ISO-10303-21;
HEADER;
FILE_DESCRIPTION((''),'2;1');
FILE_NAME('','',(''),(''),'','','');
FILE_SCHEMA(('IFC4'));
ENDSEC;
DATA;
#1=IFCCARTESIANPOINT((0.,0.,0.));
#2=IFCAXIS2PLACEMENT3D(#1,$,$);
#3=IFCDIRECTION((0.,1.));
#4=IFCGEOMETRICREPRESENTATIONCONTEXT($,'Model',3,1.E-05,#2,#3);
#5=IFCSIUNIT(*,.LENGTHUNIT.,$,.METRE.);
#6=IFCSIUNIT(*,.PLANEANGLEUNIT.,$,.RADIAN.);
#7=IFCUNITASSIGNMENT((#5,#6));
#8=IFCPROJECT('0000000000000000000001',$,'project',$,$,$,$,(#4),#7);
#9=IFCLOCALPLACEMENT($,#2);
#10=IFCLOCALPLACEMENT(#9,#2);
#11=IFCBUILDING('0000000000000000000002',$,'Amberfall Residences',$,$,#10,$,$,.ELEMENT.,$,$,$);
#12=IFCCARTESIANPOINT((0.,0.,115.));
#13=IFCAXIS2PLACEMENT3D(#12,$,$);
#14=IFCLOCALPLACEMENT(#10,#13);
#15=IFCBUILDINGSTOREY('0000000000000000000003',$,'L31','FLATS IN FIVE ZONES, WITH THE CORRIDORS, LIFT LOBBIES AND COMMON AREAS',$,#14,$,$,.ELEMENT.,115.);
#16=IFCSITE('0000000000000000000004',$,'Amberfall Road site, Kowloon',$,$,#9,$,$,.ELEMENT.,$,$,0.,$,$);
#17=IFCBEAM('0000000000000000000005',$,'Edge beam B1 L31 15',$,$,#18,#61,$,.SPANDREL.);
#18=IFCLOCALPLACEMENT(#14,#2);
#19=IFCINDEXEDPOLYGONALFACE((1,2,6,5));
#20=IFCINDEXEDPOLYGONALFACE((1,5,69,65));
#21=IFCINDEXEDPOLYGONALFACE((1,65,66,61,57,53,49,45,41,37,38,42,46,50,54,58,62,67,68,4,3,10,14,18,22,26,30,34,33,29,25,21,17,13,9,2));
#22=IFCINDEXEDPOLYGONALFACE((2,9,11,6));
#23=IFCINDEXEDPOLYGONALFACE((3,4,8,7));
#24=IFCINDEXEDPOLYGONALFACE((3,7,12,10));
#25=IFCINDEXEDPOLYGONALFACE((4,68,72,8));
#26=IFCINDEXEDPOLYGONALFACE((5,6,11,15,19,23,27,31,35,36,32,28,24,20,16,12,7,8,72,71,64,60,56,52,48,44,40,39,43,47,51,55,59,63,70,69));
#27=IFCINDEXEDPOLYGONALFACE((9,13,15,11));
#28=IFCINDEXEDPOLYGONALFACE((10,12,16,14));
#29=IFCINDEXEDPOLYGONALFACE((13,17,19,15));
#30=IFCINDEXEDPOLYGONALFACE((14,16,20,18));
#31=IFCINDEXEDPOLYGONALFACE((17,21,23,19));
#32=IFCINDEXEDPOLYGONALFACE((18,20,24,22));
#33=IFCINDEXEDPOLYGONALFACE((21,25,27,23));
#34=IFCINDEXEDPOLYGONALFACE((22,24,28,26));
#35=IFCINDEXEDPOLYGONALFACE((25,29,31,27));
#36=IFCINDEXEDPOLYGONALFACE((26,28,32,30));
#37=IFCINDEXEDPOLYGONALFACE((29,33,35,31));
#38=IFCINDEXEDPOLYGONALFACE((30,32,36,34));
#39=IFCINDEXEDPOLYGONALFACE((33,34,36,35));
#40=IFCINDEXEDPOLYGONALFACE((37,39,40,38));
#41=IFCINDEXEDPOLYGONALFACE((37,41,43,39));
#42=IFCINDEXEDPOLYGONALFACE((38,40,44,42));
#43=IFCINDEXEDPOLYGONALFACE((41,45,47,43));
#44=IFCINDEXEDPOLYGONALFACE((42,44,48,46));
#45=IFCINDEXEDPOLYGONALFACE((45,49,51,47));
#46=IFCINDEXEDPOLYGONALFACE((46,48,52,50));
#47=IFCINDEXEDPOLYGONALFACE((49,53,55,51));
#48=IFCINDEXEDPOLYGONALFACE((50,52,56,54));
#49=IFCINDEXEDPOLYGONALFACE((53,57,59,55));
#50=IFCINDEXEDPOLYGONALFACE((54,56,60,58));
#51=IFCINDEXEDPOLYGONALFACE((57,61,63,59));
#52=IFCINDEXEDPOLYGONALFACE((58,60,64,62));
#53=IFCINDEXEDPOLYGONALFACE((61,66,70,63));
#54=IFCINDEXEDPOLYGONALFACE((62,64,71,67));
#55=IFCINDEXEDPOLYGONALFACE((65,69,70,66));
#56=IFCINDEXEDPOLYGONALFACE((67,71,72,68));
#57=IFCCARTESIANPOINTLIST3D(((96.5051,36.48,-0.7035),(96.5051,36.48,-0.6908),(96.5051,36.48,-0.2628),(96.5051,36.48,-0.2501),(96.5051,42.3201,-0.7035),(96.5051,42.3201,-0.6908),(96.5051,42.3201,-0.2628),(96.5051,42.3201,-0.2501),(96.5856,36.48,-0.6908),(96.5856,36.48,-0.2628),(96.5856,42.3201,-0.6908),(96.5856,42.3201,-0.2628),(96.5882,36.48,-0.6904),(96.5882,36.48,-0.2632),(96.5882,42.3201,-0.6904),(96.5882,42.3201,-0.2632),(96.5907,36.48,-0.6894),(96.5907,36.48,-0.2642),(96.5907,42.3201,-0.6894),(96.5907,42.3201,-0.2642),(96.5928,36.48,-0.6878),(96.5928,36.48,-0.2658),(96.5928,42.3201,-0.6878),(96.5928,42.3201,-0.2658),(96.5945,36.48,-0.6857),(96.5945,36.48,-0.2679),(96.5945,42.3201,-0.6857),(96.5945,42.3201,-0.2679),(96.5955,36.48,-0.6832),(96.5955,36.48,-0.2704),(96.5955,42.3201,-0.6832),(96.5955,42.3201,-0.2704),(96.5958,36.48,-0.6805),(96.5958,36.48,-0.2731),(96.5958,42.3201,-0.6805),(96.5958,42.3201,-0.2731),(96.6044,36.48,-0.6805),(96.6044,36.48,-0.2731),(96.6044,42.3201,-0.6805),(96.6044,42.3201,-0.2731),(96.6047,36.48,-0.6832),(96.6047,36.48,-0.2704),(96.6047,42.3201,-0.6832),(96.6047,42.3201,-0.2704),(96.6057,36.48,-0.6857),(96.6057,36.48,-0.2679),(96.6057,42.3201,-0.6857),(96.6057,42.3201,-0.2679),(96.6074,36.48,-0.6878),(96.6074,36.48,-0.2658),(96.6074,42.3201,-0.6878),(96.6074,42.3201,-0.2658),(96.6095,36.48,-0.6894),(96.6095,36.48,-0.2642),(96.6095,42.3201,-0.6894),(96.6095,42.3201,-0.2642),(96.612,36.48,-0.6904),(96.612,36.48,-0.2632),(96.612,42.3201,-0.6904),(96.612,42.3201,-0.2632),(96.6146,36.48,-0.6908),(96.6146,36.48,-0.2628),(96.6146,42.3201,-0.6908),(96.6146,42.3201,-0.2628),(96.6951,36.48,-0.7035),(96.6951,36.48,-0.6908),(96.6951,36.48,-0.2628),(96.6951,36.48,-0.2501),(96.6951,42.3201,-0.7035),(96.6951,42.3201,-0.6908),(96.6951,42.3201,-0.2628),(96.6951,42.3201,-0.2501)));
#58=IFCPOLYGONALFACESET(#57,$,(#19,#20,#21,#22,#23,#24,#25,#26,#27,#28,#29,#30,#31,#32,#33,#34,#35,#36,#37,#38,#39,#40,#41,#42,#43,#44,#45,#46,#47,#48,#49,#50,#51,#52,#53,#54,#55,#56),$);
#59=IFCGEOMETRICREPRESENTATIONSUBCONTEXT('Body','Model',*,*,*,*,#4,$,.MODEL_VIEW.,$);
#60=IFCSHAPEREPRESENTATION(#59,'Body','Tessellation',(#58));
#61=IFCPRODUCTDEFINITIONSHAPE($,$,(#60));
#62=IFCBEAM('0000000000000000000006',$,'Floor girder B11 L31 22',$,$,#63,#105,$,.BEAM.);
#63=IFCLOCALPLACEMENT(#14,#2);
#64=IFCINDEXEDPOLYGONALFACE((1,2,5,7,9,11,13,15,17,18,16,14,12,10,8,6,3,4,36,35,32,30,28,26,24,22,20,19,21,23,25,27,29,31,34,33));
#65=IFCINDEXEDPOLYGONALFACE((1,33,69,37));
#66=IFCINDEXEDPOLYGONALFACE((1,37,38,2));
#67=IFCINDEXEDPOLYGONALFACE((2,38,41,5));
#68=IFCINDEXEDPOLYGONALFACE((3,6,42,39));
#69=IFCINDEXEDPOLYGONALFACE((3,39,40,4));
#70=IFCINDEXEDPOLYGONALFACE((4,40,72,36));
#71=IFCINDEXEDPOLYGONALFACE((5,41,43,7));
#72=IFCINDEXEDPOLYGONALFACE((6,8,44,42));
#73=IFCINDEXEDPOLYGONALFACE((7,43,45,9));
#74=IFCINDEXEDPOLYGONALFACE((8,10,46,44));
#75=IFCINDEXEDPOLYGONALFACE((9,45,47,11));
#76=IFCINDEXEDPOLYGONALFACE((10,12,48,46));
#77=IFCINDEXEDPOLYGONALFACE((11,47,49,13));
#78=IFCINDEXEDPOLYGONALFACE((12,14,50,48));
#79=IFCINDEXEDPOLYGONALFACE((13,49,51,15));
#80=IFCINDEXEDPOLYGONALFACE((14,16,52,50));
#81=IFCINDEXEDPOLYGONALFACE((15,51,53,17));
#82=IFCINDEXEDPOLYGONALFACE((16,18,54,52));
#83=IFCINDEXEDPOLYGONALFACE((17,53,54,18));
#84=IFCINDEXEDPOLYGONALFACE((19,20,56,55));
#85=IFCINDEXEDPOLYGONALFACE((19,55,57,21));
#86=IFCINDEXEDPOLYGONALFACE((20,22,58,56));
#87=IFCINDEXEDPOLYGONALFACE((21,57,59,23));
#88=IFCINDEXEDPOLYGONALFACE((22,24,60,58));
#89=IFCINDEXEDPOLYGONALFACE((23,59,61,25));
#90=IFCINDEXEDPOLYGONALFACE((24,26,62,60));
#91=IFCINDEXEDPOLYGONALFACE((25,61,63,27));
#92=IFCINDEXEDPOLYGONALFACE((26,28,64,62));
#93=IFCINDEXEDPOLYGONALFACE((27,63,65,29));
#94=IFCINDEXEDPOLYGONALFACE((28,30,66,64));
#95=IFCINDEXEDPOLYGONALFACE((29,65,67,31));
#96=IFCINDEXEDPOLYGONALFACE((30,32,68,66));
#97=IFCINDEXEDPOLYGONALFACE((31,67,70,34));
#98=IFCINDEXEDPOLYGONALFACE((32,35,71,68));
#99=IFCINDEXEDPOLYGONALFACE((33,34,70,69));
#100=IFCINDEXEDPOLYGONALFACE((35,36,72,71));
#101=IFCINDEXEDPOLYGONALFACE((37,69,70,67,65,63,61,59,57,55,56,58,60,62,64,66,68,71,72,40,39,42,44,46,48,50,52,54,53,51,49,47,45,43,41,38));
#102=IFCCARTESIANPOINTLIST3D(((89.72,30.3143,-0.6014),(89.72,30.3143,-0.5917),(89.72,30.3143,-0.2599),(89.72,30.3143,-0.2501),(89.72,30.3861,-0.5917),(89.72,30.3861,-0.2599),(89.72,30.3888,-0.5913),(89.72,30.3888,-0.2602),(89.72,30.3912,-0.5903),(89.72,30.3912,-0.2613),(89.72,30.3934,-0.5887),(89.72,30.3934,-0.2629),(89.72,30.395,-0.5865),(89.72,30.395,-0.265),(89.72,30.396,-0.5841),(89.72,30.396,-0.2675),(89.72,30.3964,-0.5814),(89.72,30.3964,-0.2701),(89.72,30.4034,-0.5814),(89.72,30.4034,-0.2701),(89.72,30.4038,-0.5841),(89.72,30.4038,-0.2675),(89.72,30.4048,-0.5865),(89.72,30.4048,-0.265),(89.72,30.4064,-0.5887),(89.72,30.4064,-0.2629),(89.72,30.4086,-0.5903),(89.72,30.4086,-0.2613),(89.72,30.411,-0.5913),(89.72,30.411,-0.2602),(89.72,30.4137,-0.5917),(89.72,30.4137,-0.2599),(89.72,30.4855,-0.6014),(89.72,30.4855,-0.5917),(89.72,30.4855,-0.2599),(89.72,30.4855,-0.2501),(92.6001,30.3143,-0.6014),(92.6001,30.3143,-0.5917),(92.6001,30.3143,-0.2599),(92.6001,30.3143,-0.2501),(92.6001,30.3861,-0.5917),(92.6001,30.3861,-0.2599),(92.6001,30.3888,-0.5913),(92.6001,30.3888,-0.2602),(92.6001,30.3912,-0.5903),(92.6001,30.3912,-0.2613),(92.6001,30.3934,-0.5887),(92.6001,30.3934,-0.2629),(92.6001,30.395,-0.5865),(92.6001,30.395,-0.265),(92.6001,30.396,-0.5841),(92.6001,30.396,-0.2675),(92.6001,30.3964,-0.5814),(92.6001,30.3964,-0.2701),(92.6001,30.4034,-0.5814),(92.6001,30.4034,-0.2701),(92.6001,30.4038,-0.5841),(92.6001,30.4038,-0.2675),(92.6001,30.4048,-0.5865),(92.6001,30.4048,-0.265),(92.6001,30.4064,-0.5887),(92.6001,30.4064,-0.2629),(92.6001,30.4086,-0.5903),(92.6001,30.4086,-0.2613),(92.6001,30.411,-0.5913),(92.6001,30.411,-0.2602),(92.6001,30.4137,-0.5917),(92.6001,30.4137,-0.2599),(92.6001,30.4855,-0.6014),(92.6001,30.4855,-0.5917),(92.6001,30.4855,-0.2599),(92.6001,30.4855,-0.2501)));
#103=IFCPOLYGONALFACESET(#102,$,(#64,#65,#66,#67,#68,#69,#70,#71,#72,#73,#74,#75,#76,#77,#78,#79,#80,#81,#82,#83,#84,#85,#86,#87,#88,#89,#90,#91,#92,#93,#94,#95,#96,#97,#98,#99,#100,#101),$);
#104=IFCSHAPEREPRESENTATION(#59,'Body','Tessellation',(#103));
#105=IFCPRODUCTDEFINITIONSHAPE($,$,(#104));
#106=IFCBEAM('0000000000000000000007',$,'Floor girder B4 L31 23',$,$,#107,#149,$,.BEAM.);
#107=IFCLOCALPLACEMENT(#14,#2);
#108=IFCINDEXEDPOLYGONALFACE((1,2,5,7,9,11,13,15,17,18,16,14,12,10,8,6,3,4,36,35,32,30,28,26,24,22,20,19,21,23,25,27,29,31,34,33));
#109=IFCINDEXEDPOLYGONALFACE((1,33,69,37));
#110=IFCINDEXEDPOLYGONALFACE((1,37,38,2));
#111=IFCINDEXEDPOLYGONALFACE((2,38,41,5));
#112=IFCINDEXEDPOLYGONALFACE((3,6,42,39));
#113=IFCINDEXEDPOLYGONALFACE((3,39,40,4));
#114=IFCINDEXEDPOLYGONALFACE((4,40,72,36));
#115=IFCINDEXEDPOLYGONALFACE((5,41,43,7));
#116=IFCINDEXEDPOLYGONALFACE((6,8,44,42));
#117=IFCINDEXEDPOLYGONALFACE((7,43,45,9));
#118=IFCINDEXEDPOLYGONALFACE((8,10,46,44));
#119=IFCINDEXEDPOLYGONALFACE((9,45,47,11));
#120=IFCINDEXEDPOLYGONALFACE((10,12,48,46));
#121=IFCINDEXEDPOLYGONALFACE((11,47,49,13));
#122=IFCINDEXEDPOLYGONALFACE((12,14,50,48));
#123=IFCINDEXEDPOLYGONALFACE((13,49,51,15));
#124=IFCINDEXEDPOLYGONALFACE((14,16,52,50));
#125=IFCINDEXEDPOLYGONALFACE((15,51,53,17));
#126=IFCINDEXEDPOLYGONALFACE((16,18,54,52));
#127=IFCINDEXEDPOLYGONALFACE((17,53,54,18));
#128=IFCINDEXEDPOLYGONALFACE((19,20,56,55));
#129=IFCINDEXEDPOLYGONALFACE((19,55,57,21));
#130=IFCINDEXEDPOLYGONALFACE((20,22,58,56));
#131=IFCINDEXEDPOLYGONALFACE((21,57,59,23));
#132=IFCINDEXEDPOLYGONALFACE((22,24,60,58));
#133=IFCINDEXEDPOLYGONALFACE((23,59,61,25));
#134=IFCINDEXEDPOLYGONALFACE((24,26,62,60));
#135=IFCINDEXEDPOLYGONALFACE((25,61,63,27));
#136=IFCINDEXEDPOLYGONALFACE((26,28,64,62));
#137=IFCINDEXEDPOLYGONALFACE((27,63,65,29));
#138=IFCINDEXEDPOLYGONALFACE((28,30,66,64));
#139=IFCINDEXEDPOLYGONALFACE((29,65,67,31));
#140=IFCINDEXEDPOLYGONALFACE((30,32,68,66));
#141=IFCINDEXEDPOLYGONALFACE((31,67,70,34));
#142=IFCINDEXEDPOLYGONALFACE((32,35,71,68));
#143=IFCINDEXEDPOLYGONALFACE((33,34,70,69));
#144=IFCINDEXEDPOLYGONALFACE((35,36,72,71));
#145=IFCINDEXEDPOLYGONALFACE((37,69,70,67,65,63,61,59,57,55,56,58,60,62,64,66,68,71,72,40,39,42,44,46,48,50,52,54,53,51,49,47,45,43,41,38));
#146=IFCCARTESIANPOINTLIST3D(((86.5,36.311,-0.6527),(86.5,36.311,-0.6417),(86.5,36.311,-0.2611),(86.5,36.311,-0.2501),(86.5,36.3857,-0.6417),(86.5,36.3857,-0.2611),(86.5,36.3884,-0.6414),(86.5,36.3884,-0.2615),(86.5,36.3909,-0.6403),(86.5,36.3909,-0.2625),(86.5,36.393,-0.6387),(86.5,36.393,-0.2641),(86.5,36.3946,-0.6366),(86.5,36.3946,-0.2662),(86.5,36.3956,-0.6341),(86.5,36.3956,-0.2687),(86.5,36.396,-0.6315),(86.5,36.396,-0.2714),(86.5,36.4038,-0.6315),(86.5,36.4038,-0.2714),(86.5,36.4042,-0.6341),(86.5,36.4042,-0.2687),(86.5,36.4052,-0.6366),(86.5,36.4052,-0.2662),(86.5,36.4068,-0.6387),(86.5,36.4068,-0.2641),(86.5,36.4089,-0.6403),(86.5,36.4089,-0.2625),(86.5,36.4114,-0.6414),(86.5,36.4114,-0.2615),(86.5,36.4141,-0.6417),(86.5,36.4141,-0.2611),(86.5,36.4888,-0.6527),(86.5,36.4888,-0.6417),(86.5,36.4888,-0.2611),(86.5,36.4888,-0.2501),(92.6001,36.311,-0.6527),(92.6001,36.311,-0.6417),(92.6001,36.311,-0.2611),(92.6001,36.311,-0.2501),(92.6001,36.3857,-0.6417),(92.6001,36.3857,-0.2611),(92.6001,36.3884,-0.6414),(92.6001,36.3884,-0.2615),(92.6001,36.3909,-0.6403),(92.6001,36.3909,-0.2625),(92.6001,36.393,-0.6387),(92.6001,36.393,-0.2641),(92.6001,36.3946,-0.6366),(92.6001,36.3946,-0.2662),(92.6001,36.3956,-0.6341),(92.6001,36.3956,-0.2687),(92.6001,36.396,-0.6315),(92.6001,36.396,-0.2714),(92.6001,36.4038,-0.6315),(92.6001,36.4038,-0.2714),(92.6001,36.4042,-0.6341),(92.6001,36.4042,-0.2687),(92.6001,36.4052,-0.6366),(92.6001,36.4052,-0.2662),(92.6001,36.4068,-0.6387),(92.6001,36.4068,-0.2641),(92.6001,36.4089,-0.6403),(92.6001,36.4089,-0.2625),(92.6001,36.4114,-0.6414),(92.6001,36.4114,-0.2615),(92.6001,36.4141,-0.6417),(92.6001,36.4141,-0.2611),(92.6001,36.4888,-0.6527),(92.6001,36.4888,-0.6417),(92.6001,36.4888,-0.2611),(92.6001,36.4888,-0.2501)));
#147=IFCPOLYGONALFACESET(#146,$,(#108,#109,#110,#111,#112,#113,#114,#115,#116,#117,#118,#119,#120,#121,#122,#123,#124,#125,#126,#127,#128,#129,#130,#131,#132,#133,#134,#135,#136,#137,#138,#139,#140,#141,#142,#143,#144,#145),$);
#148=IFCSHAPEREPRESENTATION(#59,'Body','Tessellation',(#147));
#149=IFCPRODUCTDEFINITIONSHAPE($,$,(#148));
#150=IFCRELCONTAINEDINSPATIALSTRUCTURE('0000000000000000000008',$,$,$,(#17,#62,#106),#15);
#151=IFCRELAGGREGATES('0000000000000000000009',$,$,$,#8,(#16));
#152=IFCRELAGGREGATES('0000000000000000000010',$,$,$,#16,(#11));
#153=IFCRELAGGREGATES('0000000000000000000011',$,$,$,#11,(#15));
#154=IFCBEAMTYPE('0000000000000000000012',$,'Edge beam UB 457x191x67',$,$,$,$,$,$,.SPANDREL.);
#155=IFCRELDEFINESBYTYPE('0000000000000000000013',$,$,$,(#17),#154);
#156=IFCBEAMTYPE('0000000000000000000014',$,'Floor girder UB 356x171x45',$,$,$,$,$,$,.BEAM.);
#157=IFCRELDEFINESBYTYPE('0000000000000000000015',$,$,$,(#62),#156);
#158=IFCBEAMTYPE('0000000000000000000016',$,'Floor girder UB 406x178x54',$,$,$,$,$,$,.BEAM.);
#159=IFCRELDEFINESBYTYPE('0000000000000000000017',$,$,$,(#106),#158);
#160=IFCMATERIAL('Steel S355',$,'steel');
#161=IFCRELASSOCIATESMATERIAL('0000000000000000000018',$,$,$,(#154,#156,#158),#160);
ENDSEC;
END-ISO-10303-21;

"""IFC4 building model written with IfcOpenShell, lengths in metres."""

from ifc_helpers import new_model, si_unit, direction, frame, origin, origin_2d, place, context, subcontext, project, spatial, i_section, extrude, material, material_profile, profile_set, type_object, element, save


model = new_model("IFC4")

# Units and contexts
model_context = context("Model", 3, precision=1e-05, world=origin(), true_north=direction((0.0, 1.0)))
body_context = subcontext(model_context, "Body", "Model", "MODEL_VIEW")
ifc_project = project(units=[si_unit("LENGTHUNIT", "METRE"), si_unit("PLANEANGLEUNIT", "RADIAN")], contexts=[model_context])

# Site, building, storey
site_placement = place(None, origin())
site = spatial("IfcSite", under=ifc_project, at=site_placement, Name="Amberfall Road site, Kowloon", CompositionType="ELEMENT", RefElevation=0.0)
building_placement = place(site_placement, origin())
building = spatial("IfcBuilding", under=site, at=building_placement, Name="Amberfall Residences", CompositionType="ELEMENT")
storey_placement = place(building_placement, frame((0.0, 0.0, 115.0)))
storey = spatial("IfcBuildingStorey", under=building, at=storey_placement, Name="L31", Description="FLATS IN FIVE ZONES, WITH THE CORRIDORS, LIFT LOBBIES AND COMMON AREAS", CompositionType="ELEMENT", Elevation=115.0)

# Beams
ifc_material_1 = material(Name="Steel S355", Category="steel")
ifc_material_profile_1 = material_profile(ifc_material_1, i_section(OverallWidth=0.1899, OverallDepth=0.4534, WebThickness=0.0085, FlangeThickness=0.0127, FilletRadius=0.0103, at=origin_2d()), Name="UB 457x191x67")
ifc_profile_set_1 = profile_set([ifc_material_profile_1], Name="Steel S355")
beam_type_1 = type_object("IfcBeamType", Name="Edge beam UB 457x191x67", PredefinedType="SPANDREL", material=ifc_profile_set_1)
for number, where, z_axis, x_axis, name in (
    (1, (96.6001, 36.48, -0.4768), (0.0, 1.0, 0.0), (-1.0, 0.0, 0.0), "Edge beam B1 L31 15"),
):
    element("IfcBeam", number, at=place(storey_placement, frame(where, z_axis=z_axis, x_axis=x_axis)), inside=storey, type_object=beam_type_1, Name=name, PredefinedType="SPANDREL", context=body_context, shape_type="SweptSolid", body=[
        extrude(i_section(OverallWidth=0.1899, OverallDepth=0.4534, WebThickness=0.0085, FlangeThickness=0.0127, FilletRadius=0.0103, at=origin_2d()), origin(), (0.0, 0.0, 1.0), 5.8401),
    ])
ifc_material_profile_2 = material_profile(ifc_material_1, i_section(OverallWidth=0.1711, OverallDepth=0.3513, WebThickness=0.0071, FlangeThickness=0.0098, FilletRadius=0.0103, at=origin_2d()), Name="UB 356x171x45")
ifc_profile_set_2 = profile_set([ifc_material_profile_2], Name="Steel S355")
beam_type_2 = type_object("IfcBeamType", Name="Floor girder UB 356x171x45", PredefinedType="BEAM", material=ifc_profile_set_2)
beam_1_placement = place(storey_placement, frame((92.6001, 30.3999, -0.4258), z_axis=(-1.0, 0.0, 0.0), x_axis=(0.0, -1.0, 0.0)))
element("IfcBeam", 2, at=beam_1_placement, inside=storey, type_object=beam_type_2, Name="Floor girder B11 L31 22", PredefinedType="BEAM", context=body_context, shape_type="SweptSolid", body=[
    extrude(i_section(OverallWidth=0.1711, OverallDepth=0.3513, WebThickness=0.0071, FlangeThickness=0.0098, FilletRadius=0.0103, at=origin_2d()), origin(), (0.0, 0.0, 1.0), 2.8801),
])
ifc_material_profile_3 = material_profile(ifc_material_1, i_section(OverallWidth=0.1777, OverallDepth=0.4026, WebThickness=0.0078, FlangeThickness=0.011, FilletRadius=0.0103, at=origin_2d()), Name="UB 406x178x54")
ifc_profile_set_3 = profile_set([ifc_material_profile_3], Name="Steel S355")
beam_type_3 = type_object("IfcBeamType", Name="Floor girder UB 406x178x54", PredefinedType="BEAM", material=ifc_profile_set_3)
beam_2_placement = place(storey_placement, frame((92.6001, 36.3999, -0.4514), z_axis=(-1.0, 0.0, 0.0), x_axis=(0.0, -1.0, 0.0)))
element("IfcBeam", 3, at=beam_2_placement, inside=storey, type_object=beam_type_3, Name="Floor girder B4 L31 23", PredefinedType="BEAM", context=body_context, shape_type="SweptSolid", body=[
    extrude(i_section(OverallWidth=0.1777, OverallDepth=0.4026, WebThickness=0.0078, FlangeThickness=0.011, FilletRadius=0.0103, at=origin_2d()), origin(), (0.0, 0.0, 1.0), 6.1001),
])

save(model, "model.ifc")
